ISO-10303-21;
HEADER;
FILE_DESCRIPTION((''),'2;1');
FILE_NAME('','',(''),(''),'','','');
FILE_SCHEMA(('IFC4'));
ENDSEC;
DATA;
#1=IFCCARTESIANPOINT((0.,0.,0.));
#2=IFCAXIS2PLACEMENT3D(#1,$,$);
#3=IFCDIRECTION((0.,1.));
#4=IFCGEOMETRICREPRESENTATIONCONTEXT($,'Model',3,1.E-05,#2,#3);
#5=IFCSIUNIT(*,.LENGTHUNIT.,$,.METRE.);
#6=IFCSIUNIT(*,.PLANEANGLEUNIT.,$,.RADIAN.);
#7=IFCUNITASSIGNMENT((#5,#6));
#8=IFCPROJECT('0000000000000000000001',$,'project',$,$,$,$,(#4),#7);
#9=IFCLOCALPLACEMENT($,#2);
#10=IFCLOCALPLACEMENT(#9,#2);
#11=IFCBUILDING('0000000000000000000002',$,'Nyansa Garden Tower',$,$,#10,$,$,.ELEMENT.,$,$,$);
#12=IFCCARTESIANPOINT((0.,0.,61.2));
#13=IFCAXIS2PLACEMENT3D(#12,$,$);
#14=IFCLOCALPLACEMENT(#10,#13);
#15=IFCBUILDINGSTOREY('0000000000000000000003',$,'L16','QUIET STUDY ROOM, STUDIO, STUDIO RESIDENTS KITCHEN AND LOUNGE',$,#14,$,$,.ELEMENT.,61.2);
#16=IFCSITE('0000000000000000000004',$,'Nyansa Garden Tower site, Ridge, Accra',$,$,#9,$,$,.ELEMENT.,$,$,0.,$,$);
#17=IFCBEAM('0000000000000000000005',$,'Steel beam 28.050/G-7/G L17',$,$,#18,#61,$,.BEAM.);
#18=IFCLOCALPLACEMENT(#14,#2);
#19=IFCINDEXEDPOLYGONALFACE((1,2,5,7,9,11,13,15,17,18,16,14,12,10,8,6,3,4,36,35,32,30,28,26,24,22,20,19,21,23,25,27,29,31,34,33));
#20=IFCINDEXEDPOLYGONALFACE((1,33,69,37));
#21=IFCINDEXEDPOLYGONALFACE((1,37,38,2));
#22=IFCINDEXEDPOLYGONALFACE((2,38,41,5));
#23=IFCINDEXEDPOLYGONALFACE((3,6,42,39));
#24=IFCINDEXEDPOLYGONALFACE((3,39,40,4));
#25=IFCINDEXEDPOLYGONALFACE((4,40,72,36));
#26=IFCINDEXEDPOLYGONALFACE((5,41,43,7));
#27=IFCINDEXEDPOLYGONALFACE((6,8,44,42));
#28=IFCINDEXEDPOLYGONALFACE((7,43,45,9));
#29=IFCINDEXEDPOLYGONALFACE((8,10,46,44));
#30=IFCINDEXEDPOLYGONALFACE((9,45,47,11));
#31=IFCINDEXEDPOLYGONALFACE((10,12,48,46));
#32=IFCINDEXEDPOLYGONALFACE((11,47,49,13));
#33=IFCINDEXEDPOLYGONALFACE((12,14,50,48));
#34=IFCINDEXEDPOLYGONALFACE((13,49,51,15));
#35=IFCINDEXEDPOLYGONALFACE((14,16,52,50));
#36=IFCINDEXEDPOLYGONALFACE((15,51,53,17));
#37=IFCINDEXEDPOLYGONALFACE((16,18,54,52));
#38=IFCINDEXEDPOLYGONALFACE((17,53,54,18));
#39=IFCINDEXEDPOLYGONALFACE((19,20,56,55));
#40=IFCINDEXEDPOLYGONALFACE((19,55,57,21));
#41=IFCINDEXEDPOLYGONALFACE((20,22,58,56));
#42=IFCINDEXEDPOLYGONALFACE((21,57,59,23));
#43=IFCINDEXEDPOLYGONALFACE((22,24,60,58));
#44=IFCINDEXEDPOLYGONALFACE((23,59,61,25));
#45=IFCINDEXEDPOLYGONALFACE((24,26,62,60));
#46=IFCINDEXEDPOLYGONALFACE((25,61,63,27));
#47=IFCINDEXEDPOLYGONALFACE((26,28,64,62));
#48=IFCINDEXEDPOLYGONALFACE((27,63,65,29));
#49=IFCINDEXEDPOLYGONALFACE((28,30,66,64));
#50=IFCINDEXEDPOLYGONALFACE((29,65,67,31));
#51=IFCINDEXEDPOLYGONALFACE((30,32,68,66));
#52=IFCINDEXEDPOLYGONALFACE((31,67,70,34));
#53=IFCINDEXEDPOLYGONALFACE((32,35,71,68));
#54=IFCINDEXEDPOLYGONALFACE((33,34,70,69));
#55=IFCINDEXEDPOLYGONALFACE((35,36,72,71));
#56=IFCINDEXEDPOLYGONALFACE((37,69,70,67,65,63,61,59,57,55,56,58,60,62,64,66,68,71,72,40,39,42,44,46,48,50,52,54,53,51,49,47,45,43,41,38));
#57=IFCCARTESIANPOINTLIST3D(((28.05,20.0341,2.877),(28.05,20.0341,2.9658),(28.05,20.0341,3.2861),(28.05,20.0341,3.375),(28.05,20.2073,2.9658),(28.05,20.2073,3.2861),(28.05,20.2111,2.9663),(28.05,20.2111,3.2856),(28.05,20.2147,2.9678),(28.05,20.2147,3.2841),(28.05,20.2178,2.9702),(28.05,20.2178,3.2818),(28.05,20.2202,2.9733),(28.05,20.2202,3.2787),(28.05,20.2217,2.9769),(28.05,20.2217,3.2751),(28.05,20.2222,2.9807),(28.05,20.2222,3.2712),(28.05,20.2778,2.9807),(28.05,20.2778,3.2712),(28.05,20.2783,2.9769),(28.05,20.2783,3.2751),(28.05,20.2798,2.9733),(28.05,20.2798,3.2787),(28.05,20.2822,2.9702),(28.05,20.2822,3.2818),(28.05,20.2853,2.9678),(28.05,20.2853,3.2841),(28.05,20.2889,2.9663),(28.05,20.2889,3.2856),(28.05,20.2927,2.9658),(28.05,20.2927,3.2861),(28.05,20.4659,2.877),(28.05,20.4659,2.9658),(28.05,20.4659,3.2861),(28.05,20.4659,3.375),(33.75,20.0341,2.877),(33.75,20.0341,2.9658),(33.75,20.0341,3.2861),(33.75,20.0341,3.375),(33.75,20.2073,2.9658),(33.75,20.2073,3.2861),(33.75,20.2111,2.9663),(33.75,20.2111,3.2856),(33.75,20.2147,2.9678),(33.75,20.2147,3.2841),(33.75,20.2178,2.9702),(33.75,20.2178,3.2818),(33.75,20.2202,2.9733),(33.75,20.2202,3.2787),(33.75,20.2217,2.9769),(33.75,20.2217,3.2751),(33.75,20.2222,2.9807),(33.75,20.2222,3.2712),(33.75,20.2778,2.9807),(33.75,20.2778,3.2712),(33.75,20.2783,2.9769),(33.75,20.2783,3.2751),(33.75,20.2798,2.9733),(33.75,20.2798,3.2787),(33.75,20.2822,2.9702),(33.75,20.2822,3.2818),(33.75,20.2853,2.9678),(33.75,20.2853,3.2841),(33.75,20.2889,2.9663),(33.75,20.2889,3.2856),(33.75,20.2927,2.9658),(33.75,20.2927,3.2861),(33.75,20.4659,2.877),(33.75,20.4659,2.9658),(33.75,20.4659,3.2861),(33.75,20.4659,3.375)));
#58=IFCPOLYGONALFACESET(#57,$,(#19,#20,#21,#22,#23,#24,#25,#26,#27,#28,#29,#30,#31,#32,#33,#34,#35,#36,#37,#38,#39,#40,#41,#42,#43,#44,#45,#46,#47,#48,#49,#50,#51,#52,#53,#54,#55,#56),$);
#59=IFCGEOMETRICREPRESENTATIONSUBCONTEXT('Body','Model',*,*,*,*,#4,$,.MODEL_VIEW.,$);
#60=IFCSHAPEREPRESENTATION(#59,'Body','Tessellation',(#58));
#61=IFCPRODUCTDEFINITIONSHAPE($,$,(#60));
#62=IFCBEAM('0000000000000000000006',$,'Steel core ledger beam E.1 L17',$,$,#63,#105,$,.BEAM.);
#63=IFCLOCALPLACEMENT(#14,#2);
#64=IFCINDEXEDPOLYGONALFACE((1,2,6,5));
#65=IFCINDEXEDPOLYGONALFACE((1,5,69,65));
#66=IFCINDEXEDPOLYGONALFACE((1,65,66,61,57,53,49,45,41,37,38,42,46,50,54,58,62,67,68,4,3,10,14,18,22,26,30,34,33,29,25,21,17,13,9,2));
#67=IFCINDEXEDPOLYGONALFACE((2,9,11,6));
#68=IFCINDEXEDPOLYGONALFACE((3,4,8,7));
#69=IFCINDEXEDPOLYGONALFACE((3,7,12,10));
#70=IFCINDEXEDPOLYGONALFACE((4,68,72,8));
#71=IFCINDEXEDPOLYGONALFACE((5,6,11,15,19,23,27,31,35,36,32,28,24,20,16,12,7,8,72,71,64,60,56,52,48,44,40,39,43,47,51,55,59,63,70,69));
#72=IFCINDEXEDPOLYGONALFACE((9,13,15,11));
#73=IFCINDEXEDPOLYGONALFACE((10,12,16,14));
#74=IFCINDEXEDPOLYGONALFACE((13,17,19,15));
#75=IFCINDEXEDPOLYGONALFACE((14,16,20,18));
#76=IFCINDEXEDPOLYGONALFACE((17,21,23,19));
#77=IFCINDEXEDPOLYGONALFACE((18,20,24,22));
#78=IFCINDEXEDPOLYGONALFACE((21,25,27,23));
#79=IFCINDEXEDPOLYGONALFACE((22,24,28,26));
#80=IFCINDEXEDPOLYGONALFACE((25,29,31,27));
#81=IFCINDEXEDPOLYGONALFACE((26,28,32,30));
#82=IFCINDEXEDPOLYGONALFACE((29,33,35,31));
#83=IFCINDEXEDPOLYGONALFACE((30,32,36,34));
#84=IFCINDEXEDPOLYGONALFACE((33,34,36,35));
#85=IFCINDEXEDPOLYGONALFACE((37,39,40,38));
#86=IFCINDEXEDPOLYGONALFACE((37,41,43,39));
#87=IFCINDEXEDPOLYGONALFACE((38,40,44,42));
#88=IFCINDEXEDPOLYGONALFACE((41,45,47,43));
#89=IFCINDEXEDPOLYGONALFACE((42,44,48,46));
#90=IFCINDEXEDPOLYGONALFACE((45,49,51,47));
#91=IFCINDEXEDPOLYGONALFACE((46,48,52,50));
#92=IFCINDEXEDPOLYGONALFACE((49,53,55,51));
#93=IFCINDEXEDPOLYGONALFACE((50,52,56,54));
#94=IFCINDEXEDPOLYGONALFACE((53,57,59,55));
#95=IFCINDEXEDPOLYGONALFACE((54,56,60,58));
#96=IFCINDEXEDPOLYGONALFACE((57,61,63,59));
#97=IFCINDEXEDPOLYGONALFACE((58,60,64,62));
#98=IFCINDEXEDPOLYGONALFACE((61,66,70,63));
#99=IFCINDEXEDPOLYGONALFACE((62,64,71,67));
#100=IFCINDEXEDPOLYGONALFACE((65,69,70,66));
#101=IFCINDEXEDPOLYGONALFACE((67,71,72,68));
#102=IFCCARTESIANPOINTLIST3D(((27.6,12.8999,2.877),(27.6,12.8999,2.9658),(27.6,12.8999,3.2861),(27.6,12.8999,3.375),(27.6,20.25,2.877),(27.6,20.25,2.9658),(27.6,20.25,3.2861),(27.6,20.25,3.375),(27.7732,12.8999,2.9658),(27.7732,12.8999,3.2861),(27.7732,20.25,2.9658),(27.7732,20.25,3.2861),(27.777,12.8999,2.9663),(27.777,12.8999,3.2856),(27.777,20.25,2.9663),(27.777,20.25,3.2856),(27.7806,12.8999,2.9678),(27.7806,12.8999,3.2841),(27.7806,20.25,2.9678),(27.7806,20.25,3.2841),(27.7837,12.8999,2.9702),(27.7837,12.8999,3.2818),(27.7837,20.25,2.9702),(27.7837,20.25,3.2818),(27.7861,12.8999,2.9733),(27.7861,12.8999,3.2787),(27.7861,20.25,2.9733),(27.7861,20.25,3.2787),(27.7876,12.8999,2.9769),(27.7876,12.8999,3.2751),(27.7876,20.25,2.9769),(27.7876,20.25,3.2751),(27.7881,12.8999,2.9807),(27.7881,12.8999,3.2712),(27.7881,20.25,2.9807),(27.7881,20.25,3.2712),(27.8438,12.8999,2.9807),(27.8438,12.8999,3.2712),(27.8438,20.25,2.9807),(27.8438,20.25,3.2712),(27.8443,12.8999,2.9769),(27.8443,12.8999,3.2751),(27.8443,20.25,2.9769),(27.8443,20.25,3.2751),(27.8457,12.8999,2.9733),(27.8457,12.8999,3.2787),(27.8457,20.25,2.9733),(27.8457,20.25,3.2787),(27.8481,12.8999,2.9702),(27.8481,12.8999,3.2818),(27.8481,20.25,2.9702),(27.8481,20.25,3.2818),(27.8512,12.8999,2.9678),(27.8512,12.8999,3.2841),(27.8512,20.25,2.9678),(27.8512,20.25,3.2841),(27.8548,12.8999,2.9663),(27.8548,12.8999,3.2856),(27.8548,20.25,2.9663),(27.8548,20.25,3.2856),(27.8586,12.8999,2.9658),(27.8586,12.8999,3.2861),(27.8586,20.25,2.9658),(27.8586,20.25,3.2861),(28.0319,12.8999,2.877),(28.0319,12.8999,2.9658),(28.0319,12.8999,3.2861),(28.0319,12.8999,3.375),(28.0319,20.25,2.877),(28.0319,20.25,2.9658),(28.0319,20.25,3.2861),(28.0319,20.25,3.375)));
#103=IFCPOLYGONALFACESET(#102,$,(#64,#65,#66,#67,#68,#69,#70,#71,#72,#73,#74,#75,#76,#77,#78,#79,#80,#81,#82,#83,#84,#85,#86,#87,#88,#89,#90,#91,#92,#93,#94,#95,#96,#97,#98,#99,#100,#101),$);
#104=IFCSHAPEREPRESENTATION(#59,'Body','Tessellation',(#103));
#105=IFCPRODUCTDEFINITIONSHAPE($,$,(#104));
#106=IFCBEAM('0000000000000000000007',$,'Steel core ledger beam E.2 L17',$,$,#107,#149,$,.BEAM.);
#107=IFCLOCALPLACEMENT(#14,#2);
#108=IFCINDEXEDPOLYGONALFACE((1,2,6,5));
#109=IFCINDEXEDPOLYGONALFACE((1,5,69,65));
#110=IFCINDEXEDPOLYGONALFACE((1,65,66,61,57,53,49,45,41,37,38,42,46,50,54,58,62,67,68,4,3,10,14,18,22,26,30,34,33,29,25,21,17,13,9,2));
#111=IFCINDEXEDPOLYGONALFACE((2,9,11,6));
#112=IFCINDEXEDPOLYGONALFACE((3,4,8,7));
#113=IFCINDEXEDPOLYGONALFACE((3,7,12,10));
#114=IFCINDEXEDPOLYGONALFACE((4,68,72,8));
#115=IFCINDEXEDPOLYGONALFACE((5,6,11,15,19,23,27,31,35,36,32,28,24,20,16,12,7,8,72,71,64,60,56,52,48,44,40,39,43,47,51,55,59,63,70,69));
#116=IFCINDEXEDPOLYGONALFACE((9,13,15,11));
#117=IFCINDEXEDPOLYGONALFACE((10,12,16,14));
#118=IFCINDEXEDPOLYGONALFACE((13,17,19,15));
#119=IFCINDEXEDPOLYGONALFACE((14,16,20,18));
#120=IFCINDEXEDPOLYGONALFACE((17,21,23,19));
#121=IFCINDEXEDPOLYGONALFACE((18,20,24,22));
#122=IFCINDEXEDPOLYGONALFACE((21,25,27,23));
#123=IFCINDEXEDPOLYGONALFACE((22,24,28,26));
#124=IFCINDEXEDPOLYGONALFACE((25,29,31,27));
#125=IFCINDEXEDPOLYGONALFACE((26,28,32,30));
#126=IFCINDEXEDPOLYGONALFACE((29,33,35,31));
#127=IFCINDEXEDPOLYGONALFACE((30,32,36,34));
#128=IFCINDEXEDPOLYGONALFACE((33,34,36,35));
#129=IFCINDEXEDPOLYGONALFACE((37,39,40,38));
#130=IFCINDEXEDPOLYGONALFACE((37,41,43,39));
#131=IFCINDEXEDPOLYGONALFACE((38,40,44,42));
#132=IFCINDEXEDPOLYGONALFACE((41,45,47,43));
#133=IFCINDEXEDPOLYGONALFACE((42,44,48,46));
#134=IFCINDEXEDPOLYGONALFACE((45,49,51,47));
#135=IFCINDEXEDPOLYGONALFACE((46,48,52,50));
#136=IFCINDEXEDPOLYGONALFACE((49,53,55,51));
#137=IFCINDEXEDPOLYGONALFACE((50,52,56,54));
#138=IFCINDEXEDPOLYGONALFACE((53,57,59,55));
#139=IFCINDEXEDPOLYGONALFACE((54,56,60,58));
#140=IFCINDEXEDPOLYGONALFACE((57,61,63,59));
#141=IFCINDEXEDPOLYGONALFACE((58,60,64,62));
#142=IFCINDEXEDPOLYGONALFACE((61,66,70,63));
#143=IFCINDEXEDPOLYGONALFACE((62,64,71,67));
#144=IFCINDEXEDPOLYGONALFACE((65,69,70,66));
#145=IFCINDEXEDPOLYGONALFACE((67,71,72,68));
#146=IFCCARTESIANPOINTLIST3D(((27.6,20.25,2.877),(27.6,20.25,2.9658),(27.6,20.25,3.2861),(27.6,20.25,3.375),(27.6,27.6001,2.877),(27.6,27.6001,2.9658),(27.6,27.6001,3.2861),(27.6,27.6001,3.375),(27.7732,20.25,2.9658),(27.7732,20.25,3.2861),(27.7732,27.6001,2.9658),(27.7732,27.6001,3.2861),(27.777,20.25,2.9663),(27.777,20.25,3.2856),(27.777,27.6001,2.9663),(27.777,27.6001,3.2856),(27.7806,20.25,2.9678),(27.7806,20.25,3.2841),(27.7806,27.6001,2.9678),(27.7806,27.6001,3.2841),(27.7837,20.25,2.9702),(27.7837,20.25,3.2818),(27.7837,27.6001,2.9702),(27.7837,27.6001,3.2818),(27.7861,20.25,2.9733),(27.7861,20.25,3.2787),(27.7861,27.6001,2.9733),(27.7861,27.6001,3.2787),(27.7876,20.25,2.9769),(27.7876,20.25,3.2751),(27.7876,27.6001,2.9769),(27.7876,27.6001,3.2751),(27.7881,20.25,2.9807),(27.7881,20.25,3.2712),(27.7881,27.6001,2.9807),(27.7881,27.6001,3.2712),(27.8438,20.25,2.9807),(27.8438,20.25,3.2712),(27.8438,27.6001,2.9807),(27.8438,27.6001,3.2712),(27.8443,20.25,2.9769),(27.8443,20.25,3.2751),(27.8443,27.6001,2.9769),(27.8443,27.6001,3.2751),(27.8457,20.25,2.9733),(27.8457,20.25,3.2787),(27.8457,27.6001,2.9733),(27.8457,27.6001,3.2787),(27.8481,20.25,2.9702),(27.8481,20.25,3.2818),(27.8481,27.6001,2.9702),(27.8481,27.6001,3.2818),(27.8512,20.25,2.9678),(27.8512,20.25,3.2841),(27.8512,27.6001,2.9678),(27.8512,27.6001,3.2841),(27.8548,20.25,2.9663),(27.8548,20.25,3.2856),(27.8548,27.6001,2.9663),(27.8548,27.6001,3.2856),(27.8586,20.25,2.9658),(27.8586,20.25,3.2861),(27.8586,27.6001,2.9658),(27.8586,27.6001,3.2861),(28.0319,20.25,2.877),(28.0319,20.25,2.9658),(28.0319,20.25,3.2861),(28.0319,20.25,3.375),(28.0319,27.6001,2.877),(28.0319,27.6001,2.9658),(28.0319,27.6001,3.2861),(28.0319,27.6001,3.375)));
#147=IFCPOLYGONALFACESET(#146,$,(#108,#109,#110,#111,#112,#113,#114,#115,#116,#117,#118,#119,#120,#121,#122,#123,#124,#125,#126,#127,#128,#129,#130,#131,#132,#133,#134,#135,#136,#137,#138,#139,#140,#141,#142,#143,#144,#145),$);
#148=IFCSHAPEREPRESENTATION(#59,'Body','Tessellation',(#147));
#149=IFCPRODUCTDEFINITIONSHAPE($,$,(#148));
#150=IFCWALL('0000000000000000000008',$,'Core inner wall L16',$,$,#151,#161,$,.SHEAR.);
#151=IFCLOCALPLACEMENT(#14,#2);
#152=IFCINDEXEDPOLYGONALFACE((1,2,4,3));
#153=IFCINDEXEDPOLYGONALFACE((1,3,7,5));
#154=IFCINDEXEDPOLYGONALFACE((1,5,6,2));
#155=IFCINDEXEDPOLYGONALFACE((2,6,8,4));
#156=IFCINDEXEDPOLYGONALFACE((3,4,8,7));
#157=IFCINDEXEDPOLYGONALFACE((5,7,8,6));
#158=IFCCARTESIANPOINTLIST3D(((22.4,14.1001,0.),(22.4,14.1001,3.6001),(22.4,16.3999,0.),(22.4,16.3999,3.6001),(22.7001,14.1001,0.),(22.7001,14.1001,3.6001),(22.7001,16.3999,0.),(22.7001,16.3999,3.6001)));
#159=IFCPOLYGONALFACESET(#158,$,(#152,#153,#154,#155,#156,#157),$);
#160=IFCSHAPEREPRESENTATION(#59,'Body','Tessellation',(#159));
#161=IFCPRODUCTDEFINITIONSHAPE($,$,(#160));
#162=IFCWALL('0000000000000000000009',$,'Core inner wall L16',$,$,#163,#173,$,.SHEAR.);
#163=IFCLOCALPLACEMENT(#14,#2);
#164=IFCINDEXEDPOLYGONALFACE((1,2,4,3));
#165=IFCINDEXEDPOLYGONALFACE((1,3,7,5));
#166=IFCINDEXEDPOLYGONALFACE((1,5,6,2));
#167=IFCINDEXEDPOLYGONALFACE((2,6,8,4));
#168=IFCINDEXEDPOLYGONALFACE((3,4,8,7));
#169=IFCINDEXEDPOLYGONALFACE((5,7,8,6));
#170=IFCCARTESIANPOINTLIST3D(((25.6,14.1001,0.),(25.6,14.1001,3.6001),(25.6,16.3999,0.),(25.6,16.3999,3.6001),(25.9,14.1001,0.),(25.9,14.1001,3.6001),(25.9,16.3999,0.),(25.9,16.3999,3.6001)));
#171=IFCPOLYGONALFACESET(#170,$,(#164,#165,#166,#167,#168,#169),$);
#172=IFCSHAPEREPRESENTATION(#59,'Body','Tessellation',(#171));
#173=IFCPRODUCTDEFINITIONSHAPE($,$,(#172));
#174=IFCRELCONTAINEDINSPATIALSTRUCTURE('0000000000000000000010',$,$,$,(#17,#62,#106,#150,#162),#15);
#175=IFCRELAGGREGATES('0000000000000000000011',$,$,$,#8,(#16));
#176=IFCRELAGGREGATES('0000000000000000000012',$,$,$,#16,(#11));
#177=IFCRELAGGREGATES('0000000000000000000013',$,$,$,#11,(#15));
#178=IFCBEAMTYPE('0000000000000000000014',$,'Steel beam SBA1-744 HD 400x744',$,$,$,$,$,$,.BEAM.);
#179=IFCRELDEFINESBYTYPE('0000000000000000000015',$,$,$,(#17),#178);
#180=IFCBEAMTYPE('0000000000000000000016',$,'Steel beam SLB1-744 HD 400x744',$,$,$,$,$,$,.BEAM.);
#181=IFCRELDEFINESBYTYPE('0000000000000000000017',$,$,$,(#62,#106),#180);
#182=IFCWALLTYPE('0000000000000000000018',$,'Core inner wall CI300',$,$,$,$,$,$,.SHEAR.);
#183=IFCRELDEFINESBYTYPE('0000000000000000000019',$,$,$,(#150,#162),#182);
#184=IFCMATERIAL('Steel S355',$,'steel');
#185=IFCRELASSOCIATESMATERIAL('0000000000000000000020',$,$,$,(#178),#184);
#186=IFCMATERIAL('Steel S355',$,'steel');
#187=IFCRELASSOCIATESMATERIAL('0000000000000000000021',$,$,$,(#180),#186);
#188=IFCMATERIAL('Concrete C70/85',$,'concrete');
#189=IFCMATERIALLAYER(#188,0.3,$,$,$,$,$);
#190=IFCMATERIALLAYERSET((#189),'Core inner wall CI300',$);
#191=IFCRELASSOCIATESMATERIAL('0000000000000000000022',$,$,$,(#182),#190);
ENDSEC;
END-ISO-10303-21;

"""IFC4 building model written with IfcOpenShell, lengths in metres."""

from ifc_helpers import new_model, si_unit, direction, frame, frame_2d, origin, origin_2d, place, context, subcontext, project, spatial, rectangle, i_section, extrude, material, layer, layer_set, material_profile, profile_set, type_object, element, save


model = new_model("IFC4")

# Units and contexts
model_context = context("Model", 3, precision=1e-05, world=origin(), true_north=direction((0.0, 1.0)))
body_context = subcontext(model_context, "Body", "Model", "MODEL_VIEW")
ifc_project = project(units=[si_unit("LENGTHUNIT", "METRE"), si_unit("PLANEANGLEUNIT", "RADIAN")], contexts=[model_context])

# Site, building, storey
site_placement = place(None, origin())
site = spatial("IfcSite", under=ifc_project, at=site_placement, Name="Nyansa Garden Tower site, Ridge, Accra", CompositionType="ELEMENT", RefElevation=0.0)
building_placement = place(site_placement, origin())
building = spatial("IfcBuilding", under=site, at=building_placement, Name="Nyansa Garden Tower", CompositionType="ELEMENT")
storey_placement = place(building_placement, frame((0.0, 0.0, 61.2)))
storey = spatial("IfcBuildingStorey", under=building, at=storey_placement, Name="L16", Description="QUIET STUDY ROOM, STUDIO, STUDIO RESIDENTS KITCHEN AND LOUNGE", CompositionType="ELEMENT", Elevation=61.2)

# Beams
ifc_material_1 = material(Name="Steel S355", Category="steel")
ifc_material_profile_1 = material_profile(ifc_material_1, i_section(OverallWidth=0.4319, OverallDepth=0.498, WebThickness=0.0557, FlangeThickness=0.0889, FilletRadius=0.0149, at=origin_2d()), Name="HD 400x744")
ifc_profile_set_1 = profile_set([ifc_material_profile_1], Name="Steel S355")
beam_type_1 = type_object("IfcBeamType", Name="Steel beam SBA1-744 HD 400x744", PredefinedType="BEAM", material=ifc_profile_set_1)
for number, where, z_axis, x_axis, name in (
    (1, (28.05, 20.25, 3.126), (1.0, 0.0, 0.0), (0.0, 1.0, 0.0), "Steel beam 28.050/G-7/G L17"),
):
    element("IfcBeam", number, at=place(storey_placement, frame(where, z_axis=z_axis, x_axis=x_axis)), inside=storey, type_object=beam_type_1, Name=name, PredefinedType="BEAM", context=body_context, shape_type="SweptSolid", body=[
        extrude(i_section(OverallWidth=0.4319, OverallDepth=0.498, WebThickness=0.0557, FlangeThickness=0.0889, FilletRadius=0.0149, at=origin_2d()), origin(), (0.0, 0.0, 1.0), 5.7),
    ])
ifc_material_2 = material(Name="Steel S355", Category="steel")
ifc_material_profile_2 = material_profile(ifc_material_2, i_section(OverallWidth=0.4319, OverallDepth=0.498, WebThickness=0.0557, FlangeThickness=0.0889, FilletRadius=0.0149, at=origin_2d()), Name="HD 400x744")
ifc_profile_set_2 = profile_set([ifc_material_profile_2], Name="Steel S355")
beam_type_2 = type_object("IfcBeamType", Name="Steel beam SLB1-744 HD 400x744", PredefinedType="BEAM", material=ifc_profile_set_2)
for number, where, z_axis, x_axis, name in (
    (2, (27.8159, 12.8999, 3.126), (0.0, 1.0, 0.0), (-1.0, 0.0, 0.0), "Steel core ledger beam E.1 L17"),
    (3, (27.8159, 20.25, 3.126), (0.0, 1.0, 0.0), (-1.0, 0.0, 0.0), "Steel core ledger beam E.2 L17"),
):
    element("IfcBeam", number, at=place(storey_placement, frame(where, z_axis=z_axis, x_axis=x_axis)), inside=storey, type_object=beam_type_2, Name=name, PredefinedType="BEAM", context=body_context, shape_type="SweptSolid", body=[
        extrude(i_section(OverallWidth=0.4319, OverallDepth=0.498, WebThickness=0.0557, FlangeThickness=0.0889, FilletRadius=0.0149, at=origin_2d()), origin(), (0.0, 0.0, 1.0), 7.3501),
    ])

# Walls
ifc_material_3 = material(Name="Concrete C70/85", Category="concrete")
ifc_layer_1 = layer(ifc_material_3, 0.3)
ifc_layer_set_1 = layer_set([ifc_layer_1], Name="Core inner wall CI300")
wall_type_1 = type_object("IfcWallType", Name="Core inner wall CI300", PredefinedType="SHEAR", material=ifc_layer_set_1)
for number, where, z_axis, x_axis, name in (
    (4, (22.55, 14.1001, 0.0), (0.0, 0.0, 1.0), (0.0, 1.0, 0.0), "Core inner wall L16"),
    (5, (25.75, 14.1001, 0.0), (0.0, 0.0, 1.0), (0.0, 1.0, 0.0), "Core inner wall L16"),
):
    element("IfcWall", number, at=place(storey_placement, frame(where, z_axis=z_axis, x_axis=x_axis)), inside=storey, type_object=wall_type_1, Name=name, PredefinedType="SHEAR", context=body_context, shape_type="SweptSolid", body=[
        extrude(rectangle(XDim=2.2998, YDim=0.3, at=frame_2d((1.1499, 0.0))), origin(), (0.0, 0.0, 1.0), 3.6001),
    ])

save(model, "model.ifc")
